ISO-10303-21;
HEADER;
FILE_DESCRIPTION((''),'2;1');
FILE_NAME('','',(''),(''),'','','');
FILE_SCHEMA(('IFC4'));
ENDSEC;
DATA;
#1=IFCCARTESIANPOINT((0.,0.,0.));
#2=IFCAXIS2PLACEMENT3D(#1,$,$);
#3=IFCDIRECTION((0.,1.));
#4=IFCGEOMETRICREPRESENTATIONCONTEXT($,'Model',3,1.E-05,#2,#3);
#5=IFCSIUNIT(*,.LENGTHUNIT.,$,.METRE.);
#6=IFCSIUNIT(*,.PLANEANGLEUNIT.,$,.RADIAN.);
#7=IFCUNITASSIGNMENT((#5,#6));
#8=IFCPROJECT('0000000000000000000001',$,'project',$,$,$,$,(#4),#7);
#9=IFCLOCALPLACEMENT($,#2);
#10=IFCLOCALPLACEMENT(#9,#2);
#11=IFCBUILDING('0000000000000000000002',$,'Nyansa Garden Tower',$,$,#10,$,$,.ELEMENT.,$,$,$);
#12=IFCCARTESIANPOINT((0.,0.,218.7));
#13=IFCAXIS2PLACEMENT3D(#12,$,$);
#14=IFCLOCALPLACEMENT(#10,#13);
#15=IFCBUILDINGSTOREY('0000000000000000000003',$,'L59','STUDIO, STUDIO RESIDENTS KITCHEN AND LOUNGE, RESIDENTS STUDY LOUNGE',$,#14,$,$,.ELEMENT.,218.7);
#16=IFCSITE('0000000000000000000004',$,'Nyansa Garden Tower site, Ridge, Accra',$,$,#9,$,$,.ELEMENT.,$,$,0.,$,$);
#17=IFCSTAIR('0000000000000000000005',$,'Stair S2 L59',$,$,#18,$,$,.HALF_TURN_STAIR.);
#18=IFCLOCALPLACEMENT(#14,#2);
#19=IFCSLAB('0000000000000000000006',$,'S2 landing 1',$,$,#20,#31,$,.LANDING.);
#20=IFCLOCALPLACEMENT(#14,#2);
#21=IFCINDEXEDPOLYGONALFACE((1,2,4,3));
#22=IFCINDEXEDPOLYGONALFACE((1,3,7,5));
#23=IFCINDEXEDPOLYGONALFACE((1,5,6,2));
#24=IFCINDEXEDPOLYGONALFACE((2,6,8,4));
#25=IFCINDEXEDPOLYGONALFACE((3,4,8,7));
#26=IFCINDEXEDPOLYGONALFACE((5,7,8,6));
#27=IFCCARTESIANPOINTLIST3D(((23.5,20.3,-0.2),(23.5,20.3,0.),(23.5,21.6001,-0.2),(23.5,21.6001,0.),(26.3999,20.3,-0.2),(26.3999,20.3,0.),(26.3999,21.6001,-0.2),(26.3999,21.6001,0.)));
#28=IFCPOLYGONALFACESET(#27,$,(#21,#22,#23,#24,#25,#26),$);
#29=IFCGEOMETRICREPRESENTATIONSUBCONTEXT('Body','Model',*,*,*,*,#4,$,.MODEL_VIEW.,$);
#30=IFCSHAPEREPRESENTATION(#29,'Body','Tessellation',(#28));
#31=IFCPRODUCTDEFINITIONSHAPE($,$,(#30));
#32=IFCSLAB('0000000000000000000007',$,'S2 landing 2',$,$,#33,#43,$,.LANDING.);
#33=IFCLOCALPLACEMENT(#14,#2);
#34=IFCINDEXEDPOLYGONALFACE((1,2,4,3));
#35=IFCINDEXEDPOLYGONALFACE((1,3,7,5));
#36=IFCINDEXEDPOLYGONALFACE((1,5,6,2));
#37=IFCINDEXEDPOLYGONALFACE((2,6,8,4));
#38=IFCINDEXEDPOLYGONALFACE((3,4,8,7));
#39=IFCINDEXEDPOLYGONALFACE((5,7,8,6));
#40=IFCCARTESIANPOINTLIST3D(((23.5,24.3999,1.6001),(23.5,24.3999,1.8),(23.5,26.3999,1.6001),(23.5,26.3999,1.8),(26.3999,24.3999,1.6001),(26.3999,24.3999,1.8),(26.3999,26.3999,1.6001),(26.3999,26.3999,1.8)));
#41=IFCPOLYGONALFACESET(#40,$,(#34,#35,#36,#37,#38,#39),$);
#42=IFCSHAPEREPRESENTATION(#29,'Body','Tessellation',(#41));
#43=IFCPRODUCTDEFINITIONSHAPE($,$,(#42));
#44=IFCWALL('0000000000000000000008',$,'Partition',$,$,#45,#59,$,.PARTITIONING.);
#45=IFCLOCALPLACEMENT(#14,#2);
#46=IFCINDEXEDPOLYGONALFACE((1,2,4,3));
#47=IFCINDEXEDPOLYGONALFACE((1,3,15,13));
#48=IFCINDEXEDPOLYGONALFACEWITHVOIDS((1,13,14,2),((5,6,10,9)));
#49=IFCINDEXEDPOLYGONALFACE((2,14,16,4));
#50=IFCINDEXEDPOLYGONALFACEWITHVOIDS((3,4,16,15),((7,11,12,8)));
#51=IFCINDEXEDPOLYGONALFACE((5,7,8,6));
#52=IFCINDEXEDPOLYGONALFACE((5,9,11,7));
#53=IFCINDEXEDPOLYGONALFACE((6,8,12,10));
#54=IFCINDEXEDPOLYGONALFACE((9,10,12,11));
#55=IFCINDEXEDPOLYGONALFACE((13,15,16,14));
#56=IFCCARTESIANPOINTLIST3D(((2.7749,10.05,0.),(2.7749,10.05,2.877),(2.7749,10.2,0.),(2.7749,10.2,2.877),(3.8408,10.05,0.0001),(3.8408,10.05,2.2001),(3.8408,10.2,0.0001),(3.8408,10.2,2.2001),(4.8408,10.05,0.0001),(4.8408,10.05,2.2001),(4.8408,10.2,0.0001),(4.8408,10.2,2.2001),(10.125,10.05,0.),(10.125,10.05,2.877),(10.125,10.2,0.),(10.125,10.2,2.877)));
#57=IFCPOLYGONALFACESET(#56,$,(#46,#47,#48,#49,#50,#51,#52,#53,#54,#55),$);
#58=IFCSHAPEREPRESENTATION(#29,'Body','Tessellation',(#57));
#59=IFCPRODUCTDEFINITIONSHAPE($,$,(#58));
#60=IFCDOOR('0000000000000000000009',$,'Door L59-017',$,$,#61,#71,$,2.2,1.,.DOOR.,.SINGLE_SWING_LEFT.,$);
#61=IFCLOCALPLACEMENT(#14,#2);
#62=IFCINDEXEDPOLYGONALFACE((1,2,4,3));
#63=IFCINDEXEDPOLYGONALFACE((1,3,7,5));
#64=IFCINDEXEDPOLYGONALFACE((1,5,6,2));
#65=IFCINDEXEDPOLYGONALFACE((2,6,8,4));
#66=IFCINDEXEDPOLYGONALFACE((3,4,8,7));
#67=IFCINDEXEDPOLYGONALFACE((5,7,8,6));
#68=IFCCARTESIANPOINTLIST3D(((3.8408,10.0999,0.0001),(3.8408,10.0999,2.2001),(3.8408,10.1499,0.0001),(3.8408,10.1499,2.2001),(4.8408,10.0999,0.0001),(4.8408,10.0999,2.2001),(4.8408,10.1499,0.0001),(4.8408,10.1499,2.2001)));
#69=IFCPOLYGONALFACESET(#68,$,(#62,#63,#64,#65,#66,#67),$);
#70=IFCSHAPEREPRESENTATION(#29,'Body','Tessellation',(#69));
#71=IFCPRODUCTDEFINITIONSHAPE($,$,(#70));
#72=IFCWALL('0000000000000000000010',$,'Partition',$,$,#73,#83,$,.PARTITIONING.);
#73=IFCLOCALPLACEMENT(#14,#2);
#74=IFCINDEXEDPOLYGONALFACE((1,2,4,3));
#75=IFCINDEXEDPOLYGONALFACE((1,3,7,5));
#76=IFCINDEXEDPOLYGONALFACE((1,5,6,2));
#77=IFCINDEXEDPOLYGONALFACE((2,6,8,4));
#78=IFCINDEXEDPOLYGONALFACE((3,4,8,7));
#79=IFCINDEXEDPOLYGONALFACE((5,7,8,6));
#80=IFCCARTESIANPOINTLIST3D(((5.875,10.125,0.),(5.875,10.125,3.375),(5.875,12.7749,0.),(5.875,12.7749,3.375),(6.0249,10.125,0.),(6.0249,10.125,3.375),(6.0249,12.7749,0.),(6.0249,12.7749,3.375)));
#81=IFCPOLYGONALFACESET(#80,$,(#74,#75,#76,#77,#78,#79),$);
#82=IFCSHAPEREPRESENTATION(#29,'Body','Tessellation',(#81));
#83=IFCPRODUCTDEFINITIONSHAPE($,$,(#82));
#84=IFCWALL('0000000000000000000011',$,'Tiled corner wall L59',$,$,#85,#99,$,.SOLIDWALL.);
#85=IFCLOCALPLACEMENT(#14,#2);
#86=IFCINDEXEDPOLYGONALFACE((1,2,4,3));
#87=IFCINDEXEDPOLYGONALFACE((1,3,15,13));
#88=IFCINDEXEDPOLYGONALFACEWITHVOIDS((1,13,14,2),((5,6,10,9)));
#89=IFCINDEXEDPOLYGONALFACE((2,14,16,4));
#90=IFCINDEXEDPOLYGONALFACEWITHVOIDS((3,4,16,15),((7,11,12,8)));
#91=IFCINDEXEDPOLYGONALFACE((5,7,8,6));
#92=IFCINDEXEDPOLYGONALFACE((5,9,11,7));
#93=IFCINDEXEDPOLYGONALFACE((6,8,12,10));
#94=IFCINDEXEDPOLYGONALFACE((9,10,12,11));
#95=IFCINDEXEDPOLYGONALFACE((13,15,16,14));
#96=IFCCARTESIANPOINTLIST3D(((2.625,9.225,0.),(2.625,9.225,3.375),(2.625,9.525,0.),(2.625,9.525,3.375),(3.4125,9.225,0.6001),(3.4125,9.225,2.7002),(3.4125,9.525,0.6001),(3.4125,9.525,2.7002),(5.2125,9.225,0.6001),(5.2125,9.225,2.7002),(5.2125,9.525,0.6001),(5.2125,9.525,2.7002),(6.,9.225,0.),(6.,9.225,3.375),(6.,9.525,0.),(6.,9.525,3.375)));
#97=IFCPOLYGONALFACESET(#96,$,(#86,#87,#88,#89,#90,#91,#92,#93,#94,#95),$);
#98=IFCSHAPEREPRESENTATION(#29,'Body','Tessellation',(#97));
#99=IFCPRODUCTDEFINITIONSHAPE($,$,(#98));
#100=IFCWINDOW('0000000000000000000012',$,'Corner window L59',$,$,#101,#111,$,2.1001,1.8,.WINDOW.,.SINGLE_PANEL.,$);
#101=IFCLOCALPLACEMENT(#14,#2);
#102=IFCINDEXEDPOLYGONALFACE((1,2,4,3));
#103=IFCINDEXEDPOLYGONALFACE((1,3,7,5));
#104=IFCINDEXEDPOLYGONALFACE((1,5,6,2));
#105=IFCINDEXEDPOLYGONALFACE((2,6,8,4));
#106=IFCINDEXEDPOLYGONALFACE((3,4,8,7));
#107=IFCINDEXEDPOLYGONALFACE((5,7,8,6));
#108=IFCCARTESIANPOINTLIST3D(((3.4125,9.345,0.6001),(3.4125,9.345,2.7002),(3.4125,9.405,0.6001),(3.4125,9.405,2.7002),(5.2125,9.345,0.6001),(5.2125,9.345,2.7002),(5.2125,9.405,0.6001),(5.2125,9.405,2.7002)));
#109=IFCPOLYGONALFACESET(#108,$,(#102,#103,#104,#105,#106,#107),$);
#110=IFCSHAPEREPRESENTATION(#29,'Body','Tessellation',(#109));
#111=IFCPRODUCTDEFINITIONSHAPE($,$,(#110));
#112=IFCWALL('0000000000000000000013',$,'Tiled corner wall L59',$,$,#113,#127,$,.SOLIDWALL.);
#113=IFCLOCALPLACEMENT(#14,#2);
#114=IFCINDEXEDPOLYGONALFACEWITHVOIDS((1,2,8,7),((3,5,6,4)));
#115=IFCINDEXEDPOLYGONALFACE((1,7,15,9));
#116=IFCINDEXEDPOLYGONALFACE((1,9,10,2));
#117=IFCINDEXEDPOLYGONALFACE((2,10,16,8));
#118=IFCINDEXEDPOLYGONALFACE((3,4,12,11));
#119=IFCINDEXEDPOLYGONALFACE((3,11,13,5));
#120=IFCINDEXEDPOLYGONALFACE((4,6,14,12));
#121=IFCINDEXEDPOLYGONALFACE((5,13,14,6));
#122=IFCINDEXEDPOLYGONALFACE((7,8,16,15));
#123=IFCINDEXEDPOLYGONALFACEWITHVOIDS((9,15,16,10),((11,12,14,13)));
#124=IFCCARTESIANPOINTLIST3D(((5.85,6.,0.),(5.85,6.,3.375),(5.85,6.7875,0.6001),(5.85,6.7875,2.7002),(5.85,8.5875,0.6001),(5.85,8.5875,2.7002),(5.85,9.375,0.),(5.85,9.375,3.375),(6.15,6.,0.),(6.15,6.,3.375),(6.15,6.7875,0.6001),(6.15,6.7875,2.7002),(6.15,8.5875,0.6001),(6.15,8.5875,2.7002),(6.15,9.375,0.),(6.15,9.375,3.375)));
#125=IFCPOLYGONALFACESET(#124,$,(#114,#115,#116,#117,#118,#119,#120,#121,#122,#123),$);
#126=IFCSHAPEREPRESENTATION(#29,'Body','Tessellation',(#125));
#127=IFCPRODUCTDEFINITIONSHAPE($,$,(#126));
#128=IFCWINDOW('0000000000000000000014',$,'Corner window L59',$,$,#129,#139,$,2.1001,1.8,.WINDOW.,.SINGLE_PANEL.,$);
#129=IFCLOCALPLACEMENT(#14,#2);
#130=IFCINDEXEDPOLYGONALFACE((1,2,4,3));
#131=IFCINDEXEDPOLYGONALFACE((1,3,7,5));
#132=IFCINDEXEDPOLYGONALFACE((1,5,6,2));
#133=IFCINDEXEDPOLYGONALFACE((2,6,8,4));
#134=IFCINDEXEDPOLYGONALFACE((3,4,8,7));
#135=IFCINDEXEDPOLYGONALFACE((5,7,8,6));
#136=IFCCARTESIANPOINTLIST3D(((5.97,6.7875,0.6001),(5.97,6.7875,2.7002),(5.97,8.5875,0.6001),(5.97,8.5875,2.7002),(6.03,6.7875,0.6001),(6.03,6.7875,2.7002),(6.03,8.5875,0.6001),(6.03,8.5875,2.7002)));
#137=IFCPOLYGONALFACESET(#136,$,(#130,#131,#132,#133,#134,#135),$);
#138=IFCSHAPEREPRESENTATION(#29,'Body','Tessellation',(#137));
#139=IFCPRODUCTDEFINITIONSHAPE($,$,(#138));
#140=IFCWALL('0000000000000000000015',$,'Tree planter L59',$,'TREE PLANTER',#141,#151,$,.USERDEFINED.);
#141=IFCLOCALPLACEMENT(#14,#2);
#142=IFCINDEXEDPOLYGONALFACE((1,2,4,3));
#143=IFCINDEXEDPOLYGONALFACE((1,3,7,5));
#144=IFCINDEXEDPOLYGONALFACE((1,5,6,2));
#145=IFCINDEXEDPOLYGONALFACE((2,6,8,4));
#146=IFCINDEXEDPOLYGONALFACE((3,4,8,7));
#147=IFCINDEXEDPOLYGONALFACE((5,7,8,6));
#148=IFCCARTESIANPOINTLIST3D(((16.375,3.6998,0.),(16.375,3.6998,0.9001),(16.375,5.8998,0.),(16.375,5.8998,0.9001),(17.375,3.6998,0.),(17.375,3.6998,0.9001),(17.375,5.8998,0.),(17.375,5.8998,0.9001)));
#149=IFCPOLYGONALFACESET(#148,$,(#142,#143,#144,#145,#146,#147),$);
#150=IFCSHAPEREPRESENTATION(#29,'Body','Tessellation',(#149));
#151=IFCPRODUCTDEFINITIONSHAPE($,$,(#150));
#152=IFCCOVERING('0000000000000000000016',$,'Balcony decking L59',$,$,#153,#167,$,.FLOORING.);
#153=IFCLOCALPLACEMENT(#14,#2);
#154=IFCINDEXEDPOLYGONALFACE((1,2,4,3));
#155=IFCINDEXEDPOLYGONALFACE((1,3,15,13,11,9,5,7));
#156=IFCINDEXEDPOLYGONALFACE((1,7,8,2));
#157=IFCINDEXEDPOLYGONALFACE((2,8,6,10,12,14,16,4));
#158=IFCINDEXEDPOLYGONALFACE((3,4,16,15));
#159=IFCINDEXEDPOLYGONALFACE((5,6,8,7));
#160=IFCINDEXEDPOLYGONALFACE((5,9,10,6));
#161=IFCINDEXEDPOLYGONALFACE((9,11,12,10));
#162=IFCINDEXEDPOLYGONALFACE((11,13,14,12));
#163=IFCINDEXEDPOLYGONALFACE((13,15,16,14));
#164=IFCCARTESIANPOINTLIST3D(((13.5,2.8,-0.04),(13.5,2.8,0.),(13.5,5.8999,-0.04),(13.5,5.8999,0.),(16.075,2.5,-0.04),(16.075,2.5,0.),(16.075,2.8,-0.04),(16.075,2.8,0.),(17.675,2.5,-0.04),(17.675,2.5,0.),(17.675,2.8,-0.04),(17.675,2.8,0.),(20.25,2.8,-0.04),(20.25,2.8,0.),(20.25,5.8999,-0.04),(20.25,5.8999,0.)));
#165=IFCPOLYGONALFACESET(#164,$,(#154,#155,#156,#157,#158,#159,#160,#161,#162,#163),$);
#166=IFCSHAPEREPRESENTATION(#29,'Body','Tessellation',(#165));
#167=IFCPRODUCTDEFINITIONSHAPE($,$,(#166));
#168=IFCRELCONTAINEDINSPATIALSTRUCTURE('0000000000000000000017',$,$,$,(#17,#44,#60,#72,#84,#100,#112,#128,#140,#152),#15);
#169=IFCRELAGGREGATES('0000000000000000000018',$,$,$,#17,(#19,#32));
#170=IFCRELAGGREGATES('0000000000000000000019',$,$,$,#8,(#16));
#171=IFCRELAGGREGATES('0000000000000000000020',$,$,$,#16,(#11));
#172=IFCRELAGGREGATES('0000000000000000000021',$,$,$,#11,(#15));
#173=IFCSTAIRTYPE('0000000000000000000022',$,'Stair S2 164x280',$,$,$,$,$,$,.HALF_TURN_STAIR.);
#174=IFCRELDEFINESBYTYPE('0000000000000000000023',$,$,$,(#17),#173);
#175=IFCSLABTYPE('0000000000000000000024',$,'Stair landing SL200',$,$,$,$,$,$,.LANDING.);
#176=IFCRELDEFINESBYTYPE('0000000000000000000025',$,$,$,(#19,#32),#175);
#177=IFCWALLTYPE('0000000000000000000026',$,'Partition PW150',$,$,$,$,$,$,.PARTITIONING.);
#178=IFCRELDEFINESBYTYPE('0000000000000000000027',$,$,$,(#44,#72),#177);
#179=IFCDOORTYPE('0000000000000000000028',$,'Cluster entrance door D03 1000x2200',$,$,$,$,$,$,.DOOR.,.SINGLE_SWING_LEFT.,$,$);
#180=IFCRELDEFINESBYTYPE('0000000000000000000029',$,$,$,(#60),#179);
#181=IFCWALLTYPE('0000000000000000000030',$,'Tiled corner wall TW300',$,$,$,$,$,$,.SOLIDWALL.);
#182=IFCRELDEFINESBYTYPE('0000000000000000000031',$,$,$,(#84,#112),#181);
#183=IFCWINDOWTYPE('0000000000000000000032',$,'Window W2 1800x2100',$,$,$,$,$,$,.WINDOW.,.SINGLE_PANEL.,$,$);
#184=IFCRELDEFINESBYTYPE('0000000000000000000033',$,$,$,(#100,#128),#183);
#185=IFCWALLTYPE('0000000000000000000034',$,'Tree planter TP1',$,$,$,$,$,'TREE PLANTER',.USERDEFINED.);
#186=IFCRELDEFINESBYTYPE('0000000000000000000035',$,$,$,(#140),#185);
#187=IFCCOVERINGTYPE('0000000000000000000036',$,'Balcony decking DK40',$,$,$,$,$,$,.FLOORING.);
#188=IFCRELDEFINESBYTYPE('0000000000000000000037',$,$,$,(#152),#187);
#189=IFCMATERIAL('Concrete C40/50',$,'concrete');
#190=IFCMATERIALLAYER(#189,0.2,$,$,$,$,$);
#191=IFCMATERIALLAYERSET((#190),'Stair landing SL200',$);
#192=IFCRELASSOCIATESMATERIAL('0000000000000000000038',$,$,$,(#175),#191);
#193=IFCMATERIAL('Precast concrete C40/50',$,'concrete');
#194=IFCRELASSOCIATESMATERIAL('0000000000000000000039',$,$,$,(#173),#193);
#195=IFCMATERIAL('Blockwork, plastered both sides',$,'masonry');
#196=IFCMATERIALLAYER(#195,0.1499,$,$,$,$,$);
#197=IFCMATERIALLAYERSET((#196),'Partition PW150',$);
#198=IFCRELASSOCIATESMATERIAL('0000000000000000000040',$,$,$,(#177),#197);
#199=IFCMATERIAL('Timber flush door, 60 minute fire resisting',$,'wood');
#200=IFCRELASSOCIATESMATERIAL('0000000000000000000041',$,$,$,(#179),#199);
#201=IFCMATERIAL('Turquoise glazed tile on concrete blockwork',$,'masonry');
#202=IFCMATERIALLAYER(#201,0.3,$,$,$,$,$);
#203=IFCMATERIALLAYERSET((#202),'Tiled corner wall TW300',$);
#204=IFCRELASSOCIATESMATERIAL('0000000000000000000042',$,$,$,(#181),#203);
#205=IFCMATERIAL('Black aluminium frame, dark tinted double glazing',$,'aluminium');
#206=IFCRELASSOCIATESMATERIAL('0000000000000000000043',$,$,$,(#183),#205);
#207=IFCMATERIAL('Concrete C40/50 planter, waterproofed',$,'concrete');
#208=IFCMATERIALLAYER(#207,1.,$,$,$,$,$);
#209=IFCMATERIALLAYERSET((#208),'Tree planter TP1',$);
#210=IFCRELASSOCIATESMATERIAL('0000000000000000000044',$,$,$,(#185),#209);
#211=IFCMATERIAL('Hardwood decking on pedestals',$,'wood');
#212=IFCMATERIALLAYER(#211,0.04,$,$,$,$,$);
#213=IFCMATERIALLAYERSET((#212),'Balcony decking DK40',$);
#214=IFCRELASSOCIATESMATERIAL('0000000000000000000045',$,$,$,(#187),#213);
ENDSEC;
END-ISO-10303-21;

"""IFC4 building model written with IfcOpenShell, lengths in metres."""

from ifc_helpers import new_model, si_unit, direction, frame, frame_2d, origin, place, context, subcontext, project, spatial, polyline, rectangle, outline, extrude, material, layer, layer_set, type_object, element, fill, aggregate, save


model = new_model("IFC4")

# Units and contexts
model_context = context("Model", 3, precision=1e-05, world=origin(), true_north=direction((0.0, 1.0)))
body_context = subcontext(model_context, "Body", "Model", "MODEL_VIEW")
ifc_project = project(units=[si_unit("LENGTHUNIT", "METRE"), si_unit("PLANEANGLEUNIT", "RADIAN")], contexts=[model_context])

# Site, building, storey
site_placement = place(None, origin())
site = spatial("IfcSite", under=ifc_project, at=site_placement, Name="Nyansa Garden Tower site, Ridge, Accra", CompositionType="ELEMENT", RefElevation=0.0)
building_placement = place(site_placement, origin())
building = spatial("IfcBuilding", under=site, at=building_placement, Name="Nyansa Garden Tower", CompositionType="ELEMENT")
storey_placement = place(building_placement, frame((0.0, 0.0, 218.7)))
storey = spatial("IfcBuildingStorey", under=building, at=storey_placement, Name="L59", Description="STUDIO, STUDIO RESIDENTS KITCHEN AND LOUNGE, RESIDENTS STUDY LOUNGE", CompositionType="ELEMENT", Elevation=218.7)

# Stair, slabs
ifc_material_1 = material(Name="Concrete C40/50", Category="concrete")
ifc_layer_1 = layer(ifc_material_1, 0.2)
ifc_layer_set_1 = layer_set([ifc_layer_1], Name="Stair landing SL200")
slab_type_1 = type_object("IfcSlabType", Name="Stair landing SL200", PredefinedType="LANDING", material=ifc_layer_set_1)
ifc_material_2 = material(Name="Precast concrete C40/50", Category="concrete")
stair_type_1 = type_object("IfcStairType", Name="Stair S2 164x280", PredefinedType="HALF_TURN_STAIR", material=ifc_material_2)
stair_1_placement = place(storey_placement, origin())
stair_1 = element("IfcStair", 1, at=stair_1_placement, inside=storey, type_object=stair_type_1, Name="Stair S2 L59", PredefinedType="HALF_TURN_STAIR")
slab_1_placement = place(storey_placement, frame((0.0, 0.0, -0.2)))
slab_1 = element("IfcSlab", 2, at=slab_1_placement, type_object=slab_type_1, Name="S2 landing 1", PredefinedType="LANDING", context=body_context, shape_type="SweptSolid", body=[
    extrude(outline(polyline([(23.5, 20.3), (26.3999, 20.3), (26.3999, 21.6001), (23.5, 21.6001), (23.5, 20.3)])), origin(), (0.0, 0.0, 1.0), 0.2),
])
slab_2_placement = place(storey_placement, frame((0.0, 0.0, 1.6001)))
slab_2 = element("IfcSlab", 3, at=slab_2_placement, type_object=slab_type_1, Name="S2 landing 2", PredefinedType="LANDING", context=body_context, shape_type="SweptSolid", body=[
    extrude(outline(polyline([(23.5, 24.3999), (26.3999, 24.3999), (26.3999, 26.3999), (23.5, 26.3999), (23.5, 24.3999)])), origin(), (0.0, 0.0, 1.0), 0.2),
])
aggregate(stair_1, [slab_1, slab_2])

# Wall, opening, door
ifc_material_3 = material(Name="Blockwork, plastered both sides", Category="masonry")
ifc_layer_2 = layer(ifc_material_3, 0.1499)
ifc_layer_set_2 = layer_set([ifc_layer_2], Name="Partition PW150")
wall_type_1 = type_object("IfcWallType", Name="Partition PW150", PredefinedType="PARTITIONING", material=ifc_layer_set_2)
wall_1_placement = place(storey_placement, frame((2.7749, 10.125, 0.0), z_axis=(0.0, 0.0, 1.0), x_axis=(1.0, 0.0, 0.0)))
wall_1 = element("IfcWall", 4, at=wall_1_placement, inside=storey, type_object=wall_type_1, Name="Partition", PredefinedType="PARTITIONING", context=body_context, shape_type="SweptSolid", body=[
    extrude(rectangle(XDim=7.3501, YDim=0.1499, at=frame_2d((3.675, 0.0))), origin(), (0.0, 0.0, 1.0), 2.877),
])
opening_1_placement = place(wall_1_placement, frame((1.0659, 0.0, 0.0)))
opening_1 = element("IfcOpeningElement", 5, at=opening_1_placement, cuts=wall_1, PredefinedType="OPENING", context=body_context, shape_type="SweptSolid", body=[
    extrude(rectangle(XDim=1.0, YDim=2.2, at=frame_2d((0.5, 1.1001))), frame((0.0, 0.085, 0.0), z_axis=(0.0, -1.0, 0.0), x_axis=(1.0, 0.0, 0.0)), (0.0, 0.0, 1.0), 0.1699),
])
ifc_material_4 = material(Name="Timber flush door, 60 minute fire resisting", Category="wood")
door_type = type_object("IfcDoorType", Name="Cluster entrance door D03 1000x2200", OperationType="SINGLE_SWING_LEFT", PredefinedType="DOOR", material=ifc_material_4)
door_placement = place(opening_1_placement, origin())
door = element("IfcDoor", 6, at=door_placement, inside=storey, type_object=door_type, Name="Door L59-017", OperationType="SINGLE_SWING_LEFT", OverallHeight=2.2, OverallWidth=1.0, PredefinedType="DOOR", context=body_context, shape_type="SweptSolid", body=[
    extrude(rectangle(XDim=1.0, YDim=2.2, at=frame_2d((0.5, 1.1001))), frame((0.0, 0.0249, 0.0), z_axis=(0.0, -1.0, 0.0), x_axis=(1.0, 0.0, 0.0)), (0.0, 0.0, 1.0), 0.05),
])
fill(opening_1, door)

# Wall
wall_2_placement = place(storey_placement, frame((5.95, 10.125, 0.0), z_axis=(0.0, 0.0, 1.0), x_axis=(0.0, 1.0, 0.0)))
element("IfcWall", 7, at=wall_2_placement, inside=storey, type_object=wall_type_1, Name="Partition", PredefinedType="PARTITIONING", context=body_context, shape_type="SweptSolid", body=[
    extrude(rectangle(XDim=2.6499, YDim=0.1499, at=frame_2d((1.325, 0.0))), origin(), (0.0, 0.0, 1.0), 3.375),
])

# Walls, openings, windows
ifc_material_5 = material(Name="Turquoise glazed tile on concrete blockwork", Category="masonry")
ifc_layer_3 = layer(ifc_material_5, 0.3)
ifc_layer_set_3 = layer_set([ifc_layer_3], Name="Tiled corner wall TW300")
wall_type_2 = type_object("IfcWallType", Name="Tiled corner wall TW300", PredefinedType="SOLIDWALL", material=ifc_layer_set_3)
wall_3_placement = place(storey_placement, frame((2.625, 9.375, 0.0), z_axis=(0.0, 0.0, 1.0), x_axis=(1.0, 0.0, 0.0)))
wall_3 = element("IfcWall", 8, at=wall_3_placement, inside=storey, type_object=wall_type_2, Name="Tiled corner wall L59", PredefinedType="SOLIDWALL", context=body_context, shape_type="SweptSolid", body=[
    extrude(rectangle(XDim=3.375, YDim=0.3, at=frame_2d((1.6875, 0.0))), origin(), (0.0, 0.0, 1.0), 3.375),
])
opening_2_placement = place(wall_3_placement, frame((0.7876, 0.0, 0.6001)))
opening_2 = element("IfcOpeningElement", 9, at=opening_2_placement, cuts=wall_3, PredefinedType="OPENING", context=body_context, shape_type="SweptSolid", body=[
    extrude(rectangle(XDim=1.8, YDim=2.1001, at=frame_2d((0.8999, 1.05))), frame((0.0, 0.1599, 0.0), z_axis=(0.0, -1.0, 0.0), x_axis=(1.0, 0.0, 0.0)), (0.0, 0.0, 1.0), 0.3201),
])
ifc_material_6 = material(Name="Black aluminium frame, dark tinted double glazing", Category="aluminium")
window_type = type_object("IfcWindowType", Name="Window W2 1800x2100", PartitioningType="SINGLE_PANEL", PredefinedType="WINDOW", material=ifc_material_6)
window_1_placement = place(opening_2_placement, origin())
window_1 = element("IfcWindow", 10, at=window_1_placement, inside=storey, type_object=window_type, Name="Corner window L59", OverallHeight=2.1001, OverallWidth=1.8, PartitioningType="SINGLE_PANEL", PredefinedType="WINDOW", context=body_context, shape_type="SweptSolid", body=[
    extrude(rectangle(XDim=1.8, YDim=2.1001, at=frame_2d((0.8999, 1.05))), frame((0.0, 0.03, 0.0), z_axis=(0.0, -1.0, 0.0), x_axis=(1.0, 0.0, 0.0)), (0.0, 0.0, 1.0), 0.0601),
])
fill(opening_2, window_1)
wall_4_placement = place(storey_placement, frame((6.0, 9.375, 0.0), z_axis=(0.0, 0.0, 1.0), x_axis=(0.0, -1.0, 0.0)))
wall_4 = element("IfcWall", 11, at=wall_4_placement, inside=storey, type_object=wall_type_2, Name="Tiled corner wall L59", PredefinedType="SOLIDWALL", context=body_context, shape_type="SweptSolid", body=[
    extrude(rectangle(XDim=3.375, YDim=0.3, at=frame_2d((1.6875, 0.0))), origin(), (0.0, 0.0, 1.0), 3.375),
])
opening_3_placement = place(wall_4_placement, frame((0.7876, 0.0, 0.6001)))
opening_3 = element("IfcOpeningElement", 12, at=opening_3_placement, cuts=wall_4, PredefinedType="OPENING", context=body_context, shape_type="SweptSolid", body=[
    extrude(rectangle(XDim=1.8, YDim=2.1001, at=frame_2d((0.8999, 1.05))), frame((0.0, 0.1599, 0.0), z_axis=(0.0, -1.0, 0.0), x_axis=(1.0, 0.0, 0.0)), (0.0, 0.0, 1.0), 0.3201),
])
window_2_placement = place(opening_3_placement, origin())
window_2 = element("IfcWindow", 13, at=window_2_placement, inside=storey, type_object=window_type, Name="Corner window L59", OverallHeight=2.1001, OverallWidth=1.8, PartitioningType="SINGLE_PANEL", PredefinedType="WINDOW", context=body_context, shape_type="SweptSolid", body=[
    extrude(rectangle(XDim=1.8, YDim=2.1001, at=frame_2d((0.8999, 1.05))), frame((0.0, 0.03, 0.0), z_axis=(0.0, -1.0, 0.0), x_axis=(1.0, 0.0, 0.0)), (0.0, 0.0, 1.0), 0.0601),
])
fill(opening_3, window_2)

# Wall
ifc_material_7 = material(Name="Concrete C40/50 planter, waterproofed", Category="concrete")
ifc_layer_4 = layer(ifc_material_7, 1.0)
ifc_layer_set_4 = layer_set([ifc_layer_4], Name="Tree planter TP1")
wall_type_3 = type_object("IfcWallType", Name="Tree planter TP1", ElementType="TREE PLANTER", PredefinedType="USERDEFINED", material=ifc_layer_set_4)
wall_5_placement = place(storey_placement, frame((16.875, 5.8999, 0.0), z_axis=(0.0, 0.0, 1.0), x_axis=(0.0, -1.0, 0.0)))
element("IfcWall", 14, at=wall_5_placement, inside=storey, type_object=wall_type_3, Name="Tree planter L59", ObjectType="TREE PLANTER", PredefinedType="USERDEFINED", context=body_context, shape_type="SweptSolid", body=[
    extrude(rectangle(XDim=2.2, YDim=1.0, at=frame_2d((1.1001, 0.0))), origin(), (0.0, 0.0, 1.0), 0.9001),
])

# Covering
ifc_material_8 = material(Name="Hardwood decking on pedestals", Category="wood")
ifc_layer_5 = layer(ifc_material_8, 0.04)
ifc_layer_set_5 = layer_set([ifc_layer_5], Name="Balcony decking DK40")
covering_type = type_object("IfcCoveringType", Name="Balcony decking DK40", PredefinedType="FLOORING", material=ifc_layer_set_5)
covering_1_placement = place(storey_placement, frame((0.0, 0.0, -0.04)))
element("IfcCovering", 15, at=covering_1_placement, inside=storey, type_object=covering_type, Name="Balcony decking L59", PredefinedType="FLOORING", context=body_context, shape_type="SweptSolid", body=[
    extrude(outline(polyline([(13.5, 5.8999), (20.25, 5.8999), (20.25, 2.8), (17.675, 2.8), (17.675, 2.5), (16.075, 2.5), (16.075, 2.8), (13.5, 2.8), (13.5, 5.8999)])), origin(), (0.0, 0.0, 1.0), 0.04),
])

save(model, "model.ifc")
